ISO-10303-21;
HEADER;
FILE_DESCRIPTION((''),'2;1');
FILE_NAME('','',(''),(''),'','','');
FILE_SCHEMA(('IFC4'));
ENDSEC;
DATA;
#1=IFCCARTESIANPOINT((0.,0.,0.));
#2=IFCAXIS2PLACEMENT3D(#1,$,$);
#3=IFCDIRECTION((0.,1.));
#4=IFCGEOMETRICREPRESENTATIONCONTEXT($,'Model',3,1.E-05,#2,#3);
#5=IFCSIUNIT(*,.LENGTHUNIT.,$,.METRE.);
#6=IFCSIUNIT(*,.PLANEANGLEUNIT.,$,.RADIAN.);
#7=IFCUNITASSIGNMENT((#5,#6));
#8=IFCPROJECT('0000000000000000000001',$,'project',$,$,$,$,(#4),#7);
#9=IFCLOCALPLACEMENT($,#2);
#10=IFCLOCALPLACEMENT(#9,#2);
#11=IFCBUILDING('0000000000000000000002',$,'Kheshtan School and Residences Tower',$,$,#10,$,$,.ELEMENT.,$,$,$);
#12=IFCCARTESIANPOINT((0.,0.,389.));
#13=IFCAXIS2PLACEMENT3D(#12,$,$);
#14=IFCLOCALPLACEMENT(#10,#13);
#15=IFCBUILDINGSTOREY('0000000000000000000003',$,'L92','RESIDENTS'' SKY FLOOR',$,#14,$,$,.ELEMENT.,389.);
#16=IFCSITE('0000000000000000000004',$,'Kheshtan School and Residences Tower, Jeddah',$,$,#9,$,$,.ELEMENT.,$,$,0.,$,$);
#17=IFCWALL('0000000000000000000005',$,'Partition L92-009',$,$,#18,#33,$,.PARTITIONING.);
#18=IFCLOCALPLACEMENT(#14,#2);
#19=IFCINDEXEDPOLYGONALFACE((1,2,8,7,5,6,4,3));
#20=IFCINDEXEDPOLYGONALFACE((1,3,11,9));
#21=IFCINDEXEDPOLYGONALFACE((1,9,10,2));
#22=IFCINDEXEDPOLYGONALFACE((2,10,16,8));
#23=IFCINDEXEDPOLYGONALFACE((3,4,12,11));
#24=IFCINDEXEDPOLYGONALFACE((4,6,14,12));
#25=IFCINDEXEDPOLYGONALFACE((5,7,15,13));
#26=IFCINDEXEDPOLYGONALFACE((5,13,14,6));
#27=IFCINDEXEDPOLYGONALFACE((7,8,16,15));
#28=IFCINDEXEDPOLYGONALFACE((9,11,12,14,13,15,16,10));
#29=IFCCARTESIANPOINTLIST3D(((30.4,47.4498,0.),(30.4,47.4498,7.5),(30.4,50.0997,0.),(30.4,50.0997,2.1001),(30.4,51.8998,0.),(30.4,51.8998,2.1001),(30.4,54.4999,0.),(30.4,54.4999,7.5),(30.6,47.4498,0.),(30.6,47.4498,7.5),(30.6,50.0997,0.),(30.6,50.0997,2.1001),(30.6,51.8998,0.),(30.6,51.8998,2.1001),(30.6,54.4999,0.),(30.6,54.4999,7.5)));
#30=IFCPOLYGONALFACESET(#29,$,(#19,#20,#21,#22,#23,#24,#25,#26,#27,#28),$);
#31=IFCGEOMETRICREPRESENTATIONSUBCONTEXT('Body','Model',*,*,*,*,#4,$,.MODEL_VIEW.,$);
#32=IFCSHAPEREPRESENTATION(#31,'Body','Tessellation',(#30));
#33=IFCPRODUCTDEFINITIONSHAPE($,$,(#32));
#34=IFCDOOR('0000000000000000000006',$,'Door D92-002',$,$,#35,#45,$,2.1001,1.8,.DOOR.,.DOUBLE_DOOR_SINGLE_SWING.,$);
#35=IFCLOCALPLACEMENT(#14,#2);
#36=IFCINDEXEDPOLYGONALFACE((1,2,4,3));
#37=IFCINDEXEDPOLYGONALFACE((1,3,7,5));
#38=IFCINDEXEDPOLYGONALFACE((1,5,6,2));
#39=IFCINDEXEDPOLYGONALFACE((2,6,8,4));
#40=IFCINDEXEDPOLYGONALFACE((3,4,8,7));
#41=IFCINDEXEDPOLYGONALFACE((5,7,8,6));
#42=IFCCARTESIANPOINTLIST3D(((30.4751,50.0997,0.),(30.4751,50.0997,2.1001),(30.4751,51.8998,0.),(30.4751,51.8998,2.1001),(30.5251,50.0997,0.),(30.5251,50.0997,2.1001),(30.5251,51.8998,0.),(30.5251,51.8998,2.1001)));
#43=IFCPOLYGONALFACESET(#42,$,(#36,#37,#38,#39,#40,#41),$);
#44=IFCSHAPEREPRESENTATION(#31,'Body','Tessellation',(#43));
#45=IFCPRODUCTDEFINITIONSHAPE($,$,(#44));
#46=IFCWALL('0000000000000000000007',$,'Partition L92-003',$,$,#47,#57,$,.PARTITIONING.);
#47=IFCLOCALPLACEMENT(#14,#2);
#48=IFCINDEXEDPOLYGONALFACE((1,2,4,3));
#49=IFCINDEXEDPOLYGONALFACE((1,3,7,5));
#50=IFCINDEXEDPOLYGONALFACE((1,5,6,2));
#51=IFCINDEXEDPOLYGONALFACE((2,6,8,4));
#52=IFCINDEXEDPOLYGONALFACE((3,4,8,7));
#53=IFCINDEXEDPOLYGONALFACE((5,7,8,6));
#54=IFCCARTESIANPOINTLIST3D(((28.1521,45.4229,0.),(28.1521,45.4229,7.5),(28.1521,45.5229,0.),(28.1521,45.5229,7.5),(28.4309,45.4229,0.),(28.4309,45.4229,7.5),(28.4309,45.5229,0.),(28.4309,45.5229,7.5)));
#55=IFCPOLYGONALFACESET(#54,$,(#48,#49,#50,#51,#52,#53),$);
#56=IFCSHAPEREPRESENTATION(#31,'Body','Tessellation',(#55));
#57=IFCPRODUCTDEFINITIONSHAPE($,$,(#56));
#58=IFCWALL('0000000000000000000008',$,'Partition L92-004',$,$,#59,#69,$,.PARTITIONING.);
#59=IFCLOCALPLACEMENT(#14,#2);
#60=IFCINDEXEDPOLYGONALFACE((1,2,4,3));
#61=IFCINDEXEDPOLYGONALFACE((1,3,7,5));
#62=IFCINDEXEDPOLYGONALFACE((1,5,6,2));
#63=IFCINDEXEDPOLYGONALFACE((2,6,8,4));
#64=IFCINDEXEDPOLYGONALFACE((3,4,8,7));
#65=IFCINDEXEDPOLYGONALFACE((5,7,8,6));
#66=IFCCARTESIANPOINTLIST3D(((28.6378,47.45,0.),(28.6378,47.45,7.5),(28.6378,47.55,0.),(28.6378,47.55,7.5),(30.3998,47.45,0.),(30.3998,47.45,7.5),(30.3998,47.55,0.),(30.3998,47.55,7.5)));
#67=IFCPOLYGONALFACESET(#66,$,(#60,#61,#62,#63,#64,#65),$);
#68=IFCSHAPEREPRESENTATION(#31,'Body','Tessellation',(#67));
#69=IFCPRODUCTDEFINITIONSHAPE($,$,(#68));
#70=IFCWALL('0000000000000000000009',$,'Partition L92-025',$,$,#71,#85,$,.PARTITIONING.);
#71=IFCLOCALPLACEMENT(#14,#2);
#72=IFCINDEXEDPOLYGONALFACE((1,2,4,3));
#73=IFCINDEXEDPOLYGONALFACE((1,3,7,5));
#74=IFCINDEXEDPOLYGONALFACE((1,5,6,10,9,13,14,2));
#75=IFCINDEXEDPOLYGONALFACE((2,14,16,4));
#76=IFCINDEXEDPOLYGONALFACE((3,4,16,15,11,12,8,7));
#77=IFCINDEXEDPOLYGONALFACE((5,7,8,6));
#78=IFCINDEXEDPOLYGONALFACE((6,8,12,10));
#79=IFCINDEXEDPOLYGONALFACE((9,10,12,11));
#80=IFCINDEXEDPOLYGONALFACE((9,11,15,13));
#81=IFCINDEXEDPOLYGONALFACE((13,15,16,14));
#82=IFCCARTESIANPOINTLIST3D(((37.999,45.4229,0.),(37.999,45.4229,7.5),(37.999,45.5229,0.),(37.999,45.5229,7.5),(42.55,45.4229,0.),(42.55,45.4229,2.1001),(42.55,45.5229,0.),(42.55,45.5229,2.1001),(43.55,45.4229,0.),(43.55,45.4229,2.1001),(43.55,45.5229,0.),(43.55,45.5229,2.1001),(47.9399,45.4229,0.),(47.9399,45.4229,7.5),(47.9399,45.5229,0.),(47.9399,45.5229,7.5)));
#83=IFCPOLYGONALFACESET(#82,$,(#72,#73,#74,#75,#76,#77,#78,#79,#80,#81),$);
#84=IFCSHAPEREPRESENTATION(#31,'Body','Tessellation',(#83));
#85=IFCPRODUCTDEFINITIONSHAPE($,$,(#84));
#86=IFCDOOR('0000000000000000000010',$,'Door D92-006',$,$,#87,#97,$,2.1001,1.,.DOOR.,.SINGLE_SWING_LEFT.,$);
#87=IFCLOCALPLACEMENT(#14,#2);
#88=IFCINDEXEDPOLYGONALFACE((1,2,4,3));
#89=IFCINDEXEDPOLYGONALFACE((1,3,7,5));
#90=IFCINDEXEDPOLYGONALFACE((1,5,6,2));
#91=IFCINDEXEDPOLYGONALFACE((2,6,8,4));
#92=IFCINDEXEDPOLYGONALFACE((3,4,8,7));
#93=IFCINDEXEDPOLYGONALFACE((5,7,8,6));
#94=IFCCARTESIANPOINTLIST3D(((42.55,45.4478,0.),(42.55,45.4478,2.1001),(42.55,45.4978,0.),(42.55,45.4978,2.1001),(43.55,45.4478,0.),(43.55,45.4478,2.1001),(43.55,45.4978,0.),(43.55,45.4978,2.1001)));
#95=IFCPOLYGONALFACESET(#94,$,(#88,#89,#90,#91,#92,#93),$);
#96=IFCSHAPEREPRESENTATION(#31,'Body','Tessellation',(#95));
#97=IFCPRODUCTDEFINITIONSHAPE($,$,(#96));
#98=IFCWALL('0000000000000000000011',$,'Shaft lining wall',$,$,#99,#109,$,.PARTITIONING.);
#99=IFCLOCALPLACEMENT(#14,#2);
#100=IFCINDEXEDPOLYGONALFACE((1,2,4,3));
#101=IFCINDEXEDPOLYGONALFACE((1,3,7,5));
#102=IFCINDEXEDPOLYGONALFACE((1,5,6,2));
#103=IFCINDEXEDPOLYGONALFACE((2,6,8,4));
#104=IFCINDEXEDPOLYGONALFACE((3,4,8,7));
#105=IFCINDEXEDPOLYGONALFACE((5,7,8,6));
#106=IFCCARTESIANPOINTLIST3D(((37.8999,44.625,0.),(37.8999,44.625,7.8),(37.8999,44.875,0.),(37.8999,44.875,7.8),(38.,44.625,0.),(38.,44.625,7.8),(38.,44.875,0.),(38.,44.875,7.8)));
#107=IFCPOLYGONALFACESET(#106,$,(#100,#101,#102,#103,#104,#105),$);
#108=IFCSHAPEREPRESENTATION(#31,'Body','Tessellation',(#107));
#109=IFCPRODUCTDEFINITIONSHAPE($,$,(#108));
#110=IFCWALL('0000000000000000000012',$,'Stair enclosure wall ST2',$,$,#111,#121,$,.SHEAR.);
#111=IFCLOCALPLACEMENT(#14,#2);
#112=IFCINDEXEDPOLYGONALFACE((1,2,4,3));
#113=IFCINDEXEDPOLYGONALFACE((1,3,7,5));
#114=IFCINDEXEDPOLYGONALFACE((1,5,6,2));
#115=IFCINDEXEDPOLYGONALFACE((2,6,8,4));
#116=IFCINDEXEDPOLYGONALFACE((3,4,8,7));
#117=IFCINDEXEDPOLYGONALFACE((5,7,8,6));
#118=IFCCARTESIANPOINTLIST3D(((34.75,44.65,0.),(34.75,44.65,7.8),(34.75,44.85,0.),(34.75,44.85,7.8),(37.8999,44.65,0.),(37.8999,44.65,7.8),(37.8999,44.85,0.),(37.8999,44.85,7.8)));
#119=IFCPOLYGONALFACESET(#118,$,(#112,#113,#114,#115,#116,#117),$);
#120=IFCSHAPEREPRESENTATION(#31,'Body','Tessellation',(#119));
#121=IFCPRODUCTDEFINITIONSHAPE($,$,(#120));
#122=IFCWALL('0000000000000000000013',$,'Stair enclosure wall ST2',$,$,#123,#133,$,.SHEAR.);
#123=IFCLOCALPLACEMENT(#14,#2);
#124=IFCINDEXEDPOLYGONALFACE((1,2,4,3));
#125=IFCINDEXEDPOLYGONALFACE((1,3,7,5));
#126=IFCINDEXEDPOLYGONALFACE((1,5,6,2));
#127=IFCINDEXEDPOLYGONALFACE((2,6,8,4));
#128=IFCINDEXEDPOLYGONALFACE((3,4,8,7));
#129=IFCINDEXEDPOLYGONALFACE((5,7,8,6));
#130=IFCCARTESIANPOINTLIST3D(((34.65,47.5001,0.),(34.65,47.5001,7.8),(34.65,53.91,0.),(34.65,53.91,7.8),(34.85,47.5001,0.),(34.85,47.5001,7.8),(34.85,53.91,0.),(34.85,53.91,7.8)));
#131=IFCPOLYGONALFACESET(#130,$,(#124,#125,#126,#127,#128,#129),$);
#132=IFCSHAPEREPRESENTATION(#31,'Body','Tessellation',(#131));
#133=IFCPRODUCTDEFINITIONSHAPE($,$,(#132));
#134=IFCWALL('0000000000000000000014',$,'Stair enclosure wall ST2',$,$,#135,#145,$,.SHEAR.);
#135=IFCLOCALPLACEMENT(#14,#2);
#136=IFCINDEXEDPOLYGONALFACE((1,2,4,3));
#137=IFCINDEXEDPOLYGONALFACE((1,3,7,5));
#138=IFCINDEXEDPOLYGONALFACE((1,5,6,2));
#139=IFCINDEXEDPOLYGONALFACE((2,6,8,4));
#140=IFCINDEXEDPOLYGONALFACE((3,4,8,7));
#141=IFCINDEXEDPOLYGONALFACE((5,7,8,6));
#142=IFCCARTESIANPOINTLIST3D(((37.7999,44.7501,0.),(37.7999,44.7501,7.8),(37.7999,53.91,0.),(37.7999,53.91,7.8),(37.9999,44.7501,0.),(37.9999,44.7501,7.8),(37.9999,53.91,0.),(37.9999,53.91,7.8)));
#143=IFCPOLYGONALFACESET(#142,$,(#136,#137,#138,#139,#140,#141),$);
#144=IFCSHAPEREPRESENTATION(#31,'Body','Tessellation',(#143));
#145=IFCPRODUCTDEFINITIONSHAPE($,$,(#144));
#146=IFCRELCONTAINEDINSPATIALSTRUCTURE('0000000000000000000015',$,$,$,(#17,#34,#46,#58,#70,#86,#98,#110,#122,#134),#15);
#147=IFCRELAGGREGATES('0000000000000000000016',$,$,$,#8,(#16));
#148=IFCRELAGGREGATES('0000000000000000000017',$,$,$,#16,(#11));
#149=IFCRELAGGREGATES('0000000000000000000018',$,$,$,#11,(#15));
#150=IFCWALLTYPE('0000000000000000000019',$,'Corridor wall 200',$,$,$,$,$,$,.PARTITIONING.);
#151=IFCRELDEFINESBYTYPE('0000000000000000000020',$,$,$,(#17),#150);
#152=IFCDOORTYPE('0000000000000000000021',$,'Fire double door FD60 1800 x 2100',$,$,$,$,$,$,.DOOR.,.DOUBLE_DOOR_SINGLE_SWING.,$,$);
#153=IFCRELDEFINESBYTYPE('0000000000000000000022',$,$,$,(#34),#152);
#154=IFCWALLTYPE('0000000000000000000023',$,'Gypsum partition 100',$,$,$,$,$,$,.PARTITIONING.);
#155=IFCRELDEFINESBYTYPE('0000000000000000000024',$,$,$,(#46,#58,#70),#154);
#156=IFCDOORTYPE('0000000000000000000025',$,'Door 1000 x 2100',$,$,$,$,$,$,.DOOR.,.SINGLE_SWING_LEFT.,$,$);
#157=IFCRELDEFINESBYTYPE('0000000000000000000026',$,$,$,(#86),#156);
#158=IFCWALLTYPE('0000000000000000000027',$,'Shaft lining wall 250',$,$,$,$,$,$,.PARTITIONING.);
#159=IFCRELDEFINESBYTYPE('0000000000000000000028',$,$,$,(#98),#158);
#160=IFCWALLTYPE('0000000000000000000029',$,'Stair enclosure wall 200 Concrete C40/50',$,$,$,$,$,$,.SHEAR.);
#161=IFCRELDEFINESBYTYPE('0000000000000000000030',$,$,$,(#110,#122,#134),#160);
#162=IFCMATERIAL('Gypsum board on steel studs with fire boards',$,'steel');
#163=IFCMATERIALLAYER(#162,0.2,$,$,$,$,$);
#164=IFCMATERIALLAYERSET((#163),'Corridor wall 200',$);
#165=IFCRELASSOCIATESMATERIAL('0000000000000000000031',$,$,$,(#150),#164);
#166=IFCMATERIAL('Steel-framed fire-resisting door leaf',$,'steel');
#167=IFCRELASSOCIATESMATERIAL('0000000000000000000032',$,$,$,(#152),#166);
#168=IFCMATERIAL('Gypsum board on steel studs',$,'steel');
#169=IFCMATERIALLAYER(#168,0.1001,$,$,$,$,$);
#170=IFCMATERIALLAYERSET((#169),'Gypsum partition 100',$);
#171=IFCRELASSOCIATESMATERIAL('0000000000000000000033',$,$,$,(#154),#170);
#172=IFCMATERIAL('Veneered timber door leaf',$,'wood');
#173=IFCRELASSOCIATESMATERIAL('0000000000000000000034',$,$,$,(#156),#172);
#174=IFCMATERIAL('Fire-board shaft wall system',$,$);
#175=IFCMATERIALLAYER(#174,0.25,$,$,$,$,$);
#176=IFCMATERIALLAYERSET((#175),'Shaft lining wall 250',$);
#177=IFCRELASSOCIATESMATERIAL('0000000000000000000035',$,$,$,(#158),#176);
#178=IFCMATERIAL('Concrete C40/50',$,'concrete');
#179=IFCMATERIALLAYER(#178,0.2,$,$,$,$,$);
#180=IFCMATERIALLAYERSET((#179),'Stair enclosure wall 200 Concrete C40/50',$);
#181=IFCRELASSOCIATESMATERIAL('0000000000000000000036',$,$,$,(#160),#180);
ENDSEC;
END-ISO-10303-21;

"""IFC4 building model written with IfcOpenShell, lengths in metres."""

from ifc_helpers import new_model, si_unit, direction, frame, frame_2d, origin, place, context, subcontext, project, spatial, rectangle, extrude, source, transform, mapped, material, layer, layer_set, type_object, element, fill, save


model = new_model("IFC4")

# Units and contexts
model_context = context("Model", 3, precision=1e-05, world=origin(), true_north=direction((0.0, 1.0)))
body_context = subcontext(model_context, "Body", "Model", "MODEL_VIEW")
ifc_project = project(units=[si_unit("LENGTHUNIT", "METRE"), si_unit("PLANEANGLEUNIT", "RADIAN")], contexts=[model_context])

# Site, building, storey
site_placement = place(None, origin())
site = spatial("IfcSite", under=ifc_project, at=site_placement, Name="Kheshtan School and Residences Tower, Jeddah", CompositionType="ELEMENT", RefElevation=0.0)
building_placement = place(site_placement, origin())
building = spatial("IfcBuilding", under=site, at=building_placement, Name="Kheshtan School and Residences Tower", CompositionType="ELEMENT")
storey_placement = place(building_placement, frame((0.0, 0.0, 389.0)))
storey = spatial("IfcBuildingStorey", under=building, at=storey_placement, Name="L92", Description="RESIDENTS' SKY FLOOR", CompositionType="ELEMENT", Elevation=389.0)

# Wall, opening, door
ifc_material_1 = material(Name="Gypsum board on steel studs with fire boards", Category="steel")
ifc_layer_1 = layer(ifc_material_1, 0.2)
ifc_layer_set_1 = layer_set([ifc_layer_1], Name="Corridor wall 200")
wall_type_1 = type_object("IfcWallType", Name="Corridor wall 200", PredefinedType="PARTITIONING", material=ifc_layer_set_1)
wall_1_placement = place(storey_placement, frame((30.5, 47.45, 0.0), z_axis=(0.0, 0.0, 1.0), x_axis=(0.0, 1.0, 0.0)))
wall_1 = element("IfcWall", 1, at=wall_1_placement, inside=storey, type_object=wall_type_1, Name="Partition L92-009", PredefinedType="PARTITIONING", context=body_context, shape_type="SweptSolid", body=[
    extrude(rectangle(XDim=7.05, YDim=0.2, at=frame_2d((3.5249, 0.0))), origin(), (0.0, 0.0, 1.0), 7.5),
])
opening_1_placement = place(wall_1_placement, frame((2.6499, 0.0, 0.0)))
opening_1 = element("IfcOpeningElement", 2, at=opening_1_placement, cuts=wall_1, PredefinedType="OPENING", context=body_context, shape_type="SweptSolid", body=[
    extrude(rectangle(XDim=1.8, YDim=2.1001, at=frame_2d((0.8999, 1.05))), frame((0.0, 0.1099, 0.0), z_axis=(0.0, -1.0, 0.0), x_axis=(1.0, 0.0, 0.0)), (0.0, 0.0, 1.0), 0.22),
])
ifc_material_2 = material(Name="Steel-framed fire-resisting door leaf", Category="steel")
door_type_1 = type_object("IfcDoorType", Name="Fire double door FD60 1800 x 2100", OperationType="DOUBLE_DOOR_SINGLE_SWING", PredefinedType="DOOR", material=ifc_material_2)
shared_shape_1 = source(origin(), body_context, "Body", "SweptSolid", [
    extrude(rectangle(XDim=1.8, YDim=2.1001, at=frame_2d((0.8999, 1.05))), frame((0.0, 0.0249, 0.0), z_axis=(0.0, -1.0, 0.0), x_axis=(1.0, 0.0, 0.0)), (0.0, 0.0, 1.0), 0.05),
])
door_1_placement = place(opening_1_placement, origin())
door_1 = element("IfcDoor", 3, at=door_1_placement, inside=storey, type_object=door_type_1, Name="Door D92-002", OperationType="DOUBLE_DOOR_SINGLE_SWING", OverallHeight=2.1001, OverallWidth=1.8, PredefinedType="DOOR", context=body_context, shape_type="MappedRepresentation", body=[
    mapped(shared_shape_1, transform((0.0, 0.0, 0.0), x_axis=(1.0, 0.0, 0.0), y_axis=(0.0, 1.0, 0.0), z_axis=(0.0, 0.0, 1.0), scale=1.0)),
])
fill(opening_1, door_1)

# Walls
ifc_material_3 = material(Name="Gypsum board on steel studs", Category="steel")
ifc_layer_2 = layer(ifc_material_3, 0.1001)
ifc_layer_set_2 = layer_set([ifc_layer_2], Name="Gypsum partition 100")
wall_type_2 = type_object("IfcWallType", Name="Gypsum partition 100", PredefinedType="PARTITIONING", material=ifc_layer_set_2)
wall_2_placement = place(storey_placement, frame((28.1521, 45.4729, 0.0), z_axis=(0.0, 0.0, 1.0), x_axis=(1.0, 0.0, 0.0)))
element("IfcWall", 4, at=wall_2_placement, inside=storey, type_object=wall_type_2, Name="Partition L92-003", PredefinedType="PARTITIONING", context=body_context, shape_type="SweptSolid", body=[
    extrude(rectangle(XDim=0.2788, YDim=0.1001, at=frame_2d((0.1394, 0.0))), origin(), (0.0, 0.0, 1.0), 7.5),
])
wall_3_placement = place(storey_placement, frame((28.6379, 47.5, 0.0), z_axis=(0.0, 0.0, 1.0), x_axis=(1.0, 0.0, 0.0)))
element("IfcWall", 5, at=wall_3_placement, inside=storey, type_object=wall_type_2, Name="Partition L92-004", PredefinedType="PARTITIONING", context=body_context, shape_type="SweptSolid", body=[
    extrude(rectangle(XDim=1.762, YDim=0.1001, at=frame_2d((0.8809, 0.0))), origin(), (0.0, 0.0, 1.0), 7.5),
])

# Wall, opening, door
wall_4_placement = place(storey_placement, frame((37.999, 45.4729, 0.0), z_axis=(0.0, 0.0, 1.0), x_axis=(1.0, 0.0, 0.0)))
wall_4 = element("IfcWall", 6, at=wall_4_placement, inside=storey, type_object=wall_type_2, Name="Partition L92-025", PredefinedType="PARTITIONING", context=body_context, shape_type="SweptSolid", body=[
    extrude(rectangle(XDim=9.9409, YDim=0.1001, at=frame_2d((4.9705, 0.0))), origin(), (0.0, 0.0, 1.0), 7.5),
])
opening_2_placement = place(wall_4_placement, frame((4.551, 0.0, 0.0)))
opening_2 = element("IfcOpeningElement", 7, at=opening_2_placement, cuts=wall_4, PredefinedType="OPENING", context=body_context, shape_type="SweptSolid", body=[
    extrude(rectangle(XDim=1.0, YDim=2.1001, at=frame_2d((0.5, 1.05))), frame((0.0, 0.0601, 0.0), z_axis=(0.0, -1.0, 0.0), x_axis=(1.0, 0.0, 0.0)), (0.0, 0.0, 1.0), 0.1201),
])
ifc_material_4 = material(Name="Veneered timber door leaf", Category="wood")
door_type_2 = type_object("IfcDoorType", Name="Door 1000 x 2100", OperationType="SINGLE_SWING_LEFT", PredefinedType="DOOR", material=ifc_material_4)
shared_shape_2 = source(origin(), body_context, "Body", "SweptSolid", [
    extrude(rectangle(XDim=1.0, YDim=2.1001, at=frame_2d((0.5, 1.05))), frame((0.0, 0.0249, 0.0), z_axis=(0.0, -1.0, 0.0), x_axis=(1.0, 0.0, 0.0)), (0.0, 0.0, 1.0), 0.05),
])
door_2_placement = place(opening_2_placement, origin())
door_2 = element("IfcDoor", 8, at=door_2_placement, inside=storey, type_object=door_type_2, Name="Door D92-006", OperationType="SINGLE_SWING_LEFT", OverallHeight=2.1001, OverallWidth=1.0, PredefinedType="DOOR", context=body_context, shape_type="MappedRepresentation", body=[
    mapped(shared_shape_2, transform((0.0, 0.0, 0.0), x_axis=(1.0, 0.0, 0.0), y_axis=(0.0, 1.0, 0.0), z_axis=(0.0, 0.0, 1.0), scale=1.0)),
])
fill(opening_2, door_2)

# Walls
ifc_material_5 = material(Name="Fire-board shaft wall system")
ifc_layer_3 = layer(ifc_material_5, 0.25)
ifc_layer_set_3 = layer_set([ifc_layer_3], Name="Shaft lining wall 250")
wall_type_3 = type_object("IfcWallType", Name="Shaft lining wall 250", PredefinedType="PARTITIONING", material=ifc_layer_set_3)
wall_5_placement = place(storey_placement, frame((37.8999, 44.75, 0.0), z_axis=(0.0, 0.0, 1.0), x_axis=(1.0, 0.0, 0.0)))
element("IfcWall", 9, at=wall_5_placement, inside=storey, type_object=wall_type_3, Name="Shaft lining wall", PredefinedType="PARTITIONING", context=body_context, shape_type="SweptSolid", body=[
    extrude(rectangle(XDim=0.1001, YDim=0.25, at=frame_2d((0.05, 0.0))), origin(), (0.0, 0.0, 1.0), 7.8),
])
ifc_material_6 = material(Name="Concrete C40/50", Category="concrete")
ifc_layer_4 = layer(ifc_material_6, 0.2)
ifc_layer_set_4 = layer_set([ifc_layer_4], Name="Stair enclosure wall 200 Concrete C40/50")
wall_type_4 = type_object("IfcWallType", Name="Stair enclosure wall 200 Concrete C40/50", PredefinedType="SHEAR", material=ifc_layer_set_4)
wall_6_placement = place(storey_placement, frame((34.75, 44.75, 0.0), z_axis=(0.0, 0.0, 1.0), x_axis=(1.0, 0.0, 0.0)))
element("IfcWall", 10, at=wall_6_placement, inside=storey, type_object=wall_type_4, Name="Stair enclosure wall ST2", PredefinedType="SHEAR", context=body_context, shape_type="SweptSolid", body=[
    extrude(rectangle(XDim=3.1499, YDim=0.2, at=frame_2d((1.575, 0.0))), origin(), (0.0, 0.0, 1.0), 7.8),
])
wall_7_placement = place(storey_placement, frame((34.75, 47.5, 0.0), z_axis=(0.0, 0.0, 1.0), x_axis=(0.0, 1.0, 0.0)))
element("IfcWall", 11, at=wall_7_placement, inside=storey, type_object=wall_type_4, Name="Stair enclosure wall ST2", PredefinedType="SHEAR", context=body_context, shape_type="SweptSolid", body=[
    extrude(rectangle(XDim=6.4099, YDim=0.2, at=frame_2d((3.2051, 0.0))), origin(), (0.0, 0.0, 1.0), 7.8),
])
wall_8_placement = place(storey_placement, frame((37.8999, 44.75, 0.0), z_axis=(0.0, 0.0, 1.0), x_axis=(0.0, 1.0, 0.0)))
element("IfcWall", 12, at=wall_8_placement, inside=storey, type_object=wall_type_4, Name="Stair enclosure wall ST2", PredefinedType="SHEAR", context=body_context, shape_type="SweptSolid", body=[
    extrude(rectangle(XDim=9.1599, YDim=0.2, at=frame_2d((4.5801, 0.0))), origin(), (0.0, 0.0, 1.0), 7.8),
])

save(model, "model.ifc")
